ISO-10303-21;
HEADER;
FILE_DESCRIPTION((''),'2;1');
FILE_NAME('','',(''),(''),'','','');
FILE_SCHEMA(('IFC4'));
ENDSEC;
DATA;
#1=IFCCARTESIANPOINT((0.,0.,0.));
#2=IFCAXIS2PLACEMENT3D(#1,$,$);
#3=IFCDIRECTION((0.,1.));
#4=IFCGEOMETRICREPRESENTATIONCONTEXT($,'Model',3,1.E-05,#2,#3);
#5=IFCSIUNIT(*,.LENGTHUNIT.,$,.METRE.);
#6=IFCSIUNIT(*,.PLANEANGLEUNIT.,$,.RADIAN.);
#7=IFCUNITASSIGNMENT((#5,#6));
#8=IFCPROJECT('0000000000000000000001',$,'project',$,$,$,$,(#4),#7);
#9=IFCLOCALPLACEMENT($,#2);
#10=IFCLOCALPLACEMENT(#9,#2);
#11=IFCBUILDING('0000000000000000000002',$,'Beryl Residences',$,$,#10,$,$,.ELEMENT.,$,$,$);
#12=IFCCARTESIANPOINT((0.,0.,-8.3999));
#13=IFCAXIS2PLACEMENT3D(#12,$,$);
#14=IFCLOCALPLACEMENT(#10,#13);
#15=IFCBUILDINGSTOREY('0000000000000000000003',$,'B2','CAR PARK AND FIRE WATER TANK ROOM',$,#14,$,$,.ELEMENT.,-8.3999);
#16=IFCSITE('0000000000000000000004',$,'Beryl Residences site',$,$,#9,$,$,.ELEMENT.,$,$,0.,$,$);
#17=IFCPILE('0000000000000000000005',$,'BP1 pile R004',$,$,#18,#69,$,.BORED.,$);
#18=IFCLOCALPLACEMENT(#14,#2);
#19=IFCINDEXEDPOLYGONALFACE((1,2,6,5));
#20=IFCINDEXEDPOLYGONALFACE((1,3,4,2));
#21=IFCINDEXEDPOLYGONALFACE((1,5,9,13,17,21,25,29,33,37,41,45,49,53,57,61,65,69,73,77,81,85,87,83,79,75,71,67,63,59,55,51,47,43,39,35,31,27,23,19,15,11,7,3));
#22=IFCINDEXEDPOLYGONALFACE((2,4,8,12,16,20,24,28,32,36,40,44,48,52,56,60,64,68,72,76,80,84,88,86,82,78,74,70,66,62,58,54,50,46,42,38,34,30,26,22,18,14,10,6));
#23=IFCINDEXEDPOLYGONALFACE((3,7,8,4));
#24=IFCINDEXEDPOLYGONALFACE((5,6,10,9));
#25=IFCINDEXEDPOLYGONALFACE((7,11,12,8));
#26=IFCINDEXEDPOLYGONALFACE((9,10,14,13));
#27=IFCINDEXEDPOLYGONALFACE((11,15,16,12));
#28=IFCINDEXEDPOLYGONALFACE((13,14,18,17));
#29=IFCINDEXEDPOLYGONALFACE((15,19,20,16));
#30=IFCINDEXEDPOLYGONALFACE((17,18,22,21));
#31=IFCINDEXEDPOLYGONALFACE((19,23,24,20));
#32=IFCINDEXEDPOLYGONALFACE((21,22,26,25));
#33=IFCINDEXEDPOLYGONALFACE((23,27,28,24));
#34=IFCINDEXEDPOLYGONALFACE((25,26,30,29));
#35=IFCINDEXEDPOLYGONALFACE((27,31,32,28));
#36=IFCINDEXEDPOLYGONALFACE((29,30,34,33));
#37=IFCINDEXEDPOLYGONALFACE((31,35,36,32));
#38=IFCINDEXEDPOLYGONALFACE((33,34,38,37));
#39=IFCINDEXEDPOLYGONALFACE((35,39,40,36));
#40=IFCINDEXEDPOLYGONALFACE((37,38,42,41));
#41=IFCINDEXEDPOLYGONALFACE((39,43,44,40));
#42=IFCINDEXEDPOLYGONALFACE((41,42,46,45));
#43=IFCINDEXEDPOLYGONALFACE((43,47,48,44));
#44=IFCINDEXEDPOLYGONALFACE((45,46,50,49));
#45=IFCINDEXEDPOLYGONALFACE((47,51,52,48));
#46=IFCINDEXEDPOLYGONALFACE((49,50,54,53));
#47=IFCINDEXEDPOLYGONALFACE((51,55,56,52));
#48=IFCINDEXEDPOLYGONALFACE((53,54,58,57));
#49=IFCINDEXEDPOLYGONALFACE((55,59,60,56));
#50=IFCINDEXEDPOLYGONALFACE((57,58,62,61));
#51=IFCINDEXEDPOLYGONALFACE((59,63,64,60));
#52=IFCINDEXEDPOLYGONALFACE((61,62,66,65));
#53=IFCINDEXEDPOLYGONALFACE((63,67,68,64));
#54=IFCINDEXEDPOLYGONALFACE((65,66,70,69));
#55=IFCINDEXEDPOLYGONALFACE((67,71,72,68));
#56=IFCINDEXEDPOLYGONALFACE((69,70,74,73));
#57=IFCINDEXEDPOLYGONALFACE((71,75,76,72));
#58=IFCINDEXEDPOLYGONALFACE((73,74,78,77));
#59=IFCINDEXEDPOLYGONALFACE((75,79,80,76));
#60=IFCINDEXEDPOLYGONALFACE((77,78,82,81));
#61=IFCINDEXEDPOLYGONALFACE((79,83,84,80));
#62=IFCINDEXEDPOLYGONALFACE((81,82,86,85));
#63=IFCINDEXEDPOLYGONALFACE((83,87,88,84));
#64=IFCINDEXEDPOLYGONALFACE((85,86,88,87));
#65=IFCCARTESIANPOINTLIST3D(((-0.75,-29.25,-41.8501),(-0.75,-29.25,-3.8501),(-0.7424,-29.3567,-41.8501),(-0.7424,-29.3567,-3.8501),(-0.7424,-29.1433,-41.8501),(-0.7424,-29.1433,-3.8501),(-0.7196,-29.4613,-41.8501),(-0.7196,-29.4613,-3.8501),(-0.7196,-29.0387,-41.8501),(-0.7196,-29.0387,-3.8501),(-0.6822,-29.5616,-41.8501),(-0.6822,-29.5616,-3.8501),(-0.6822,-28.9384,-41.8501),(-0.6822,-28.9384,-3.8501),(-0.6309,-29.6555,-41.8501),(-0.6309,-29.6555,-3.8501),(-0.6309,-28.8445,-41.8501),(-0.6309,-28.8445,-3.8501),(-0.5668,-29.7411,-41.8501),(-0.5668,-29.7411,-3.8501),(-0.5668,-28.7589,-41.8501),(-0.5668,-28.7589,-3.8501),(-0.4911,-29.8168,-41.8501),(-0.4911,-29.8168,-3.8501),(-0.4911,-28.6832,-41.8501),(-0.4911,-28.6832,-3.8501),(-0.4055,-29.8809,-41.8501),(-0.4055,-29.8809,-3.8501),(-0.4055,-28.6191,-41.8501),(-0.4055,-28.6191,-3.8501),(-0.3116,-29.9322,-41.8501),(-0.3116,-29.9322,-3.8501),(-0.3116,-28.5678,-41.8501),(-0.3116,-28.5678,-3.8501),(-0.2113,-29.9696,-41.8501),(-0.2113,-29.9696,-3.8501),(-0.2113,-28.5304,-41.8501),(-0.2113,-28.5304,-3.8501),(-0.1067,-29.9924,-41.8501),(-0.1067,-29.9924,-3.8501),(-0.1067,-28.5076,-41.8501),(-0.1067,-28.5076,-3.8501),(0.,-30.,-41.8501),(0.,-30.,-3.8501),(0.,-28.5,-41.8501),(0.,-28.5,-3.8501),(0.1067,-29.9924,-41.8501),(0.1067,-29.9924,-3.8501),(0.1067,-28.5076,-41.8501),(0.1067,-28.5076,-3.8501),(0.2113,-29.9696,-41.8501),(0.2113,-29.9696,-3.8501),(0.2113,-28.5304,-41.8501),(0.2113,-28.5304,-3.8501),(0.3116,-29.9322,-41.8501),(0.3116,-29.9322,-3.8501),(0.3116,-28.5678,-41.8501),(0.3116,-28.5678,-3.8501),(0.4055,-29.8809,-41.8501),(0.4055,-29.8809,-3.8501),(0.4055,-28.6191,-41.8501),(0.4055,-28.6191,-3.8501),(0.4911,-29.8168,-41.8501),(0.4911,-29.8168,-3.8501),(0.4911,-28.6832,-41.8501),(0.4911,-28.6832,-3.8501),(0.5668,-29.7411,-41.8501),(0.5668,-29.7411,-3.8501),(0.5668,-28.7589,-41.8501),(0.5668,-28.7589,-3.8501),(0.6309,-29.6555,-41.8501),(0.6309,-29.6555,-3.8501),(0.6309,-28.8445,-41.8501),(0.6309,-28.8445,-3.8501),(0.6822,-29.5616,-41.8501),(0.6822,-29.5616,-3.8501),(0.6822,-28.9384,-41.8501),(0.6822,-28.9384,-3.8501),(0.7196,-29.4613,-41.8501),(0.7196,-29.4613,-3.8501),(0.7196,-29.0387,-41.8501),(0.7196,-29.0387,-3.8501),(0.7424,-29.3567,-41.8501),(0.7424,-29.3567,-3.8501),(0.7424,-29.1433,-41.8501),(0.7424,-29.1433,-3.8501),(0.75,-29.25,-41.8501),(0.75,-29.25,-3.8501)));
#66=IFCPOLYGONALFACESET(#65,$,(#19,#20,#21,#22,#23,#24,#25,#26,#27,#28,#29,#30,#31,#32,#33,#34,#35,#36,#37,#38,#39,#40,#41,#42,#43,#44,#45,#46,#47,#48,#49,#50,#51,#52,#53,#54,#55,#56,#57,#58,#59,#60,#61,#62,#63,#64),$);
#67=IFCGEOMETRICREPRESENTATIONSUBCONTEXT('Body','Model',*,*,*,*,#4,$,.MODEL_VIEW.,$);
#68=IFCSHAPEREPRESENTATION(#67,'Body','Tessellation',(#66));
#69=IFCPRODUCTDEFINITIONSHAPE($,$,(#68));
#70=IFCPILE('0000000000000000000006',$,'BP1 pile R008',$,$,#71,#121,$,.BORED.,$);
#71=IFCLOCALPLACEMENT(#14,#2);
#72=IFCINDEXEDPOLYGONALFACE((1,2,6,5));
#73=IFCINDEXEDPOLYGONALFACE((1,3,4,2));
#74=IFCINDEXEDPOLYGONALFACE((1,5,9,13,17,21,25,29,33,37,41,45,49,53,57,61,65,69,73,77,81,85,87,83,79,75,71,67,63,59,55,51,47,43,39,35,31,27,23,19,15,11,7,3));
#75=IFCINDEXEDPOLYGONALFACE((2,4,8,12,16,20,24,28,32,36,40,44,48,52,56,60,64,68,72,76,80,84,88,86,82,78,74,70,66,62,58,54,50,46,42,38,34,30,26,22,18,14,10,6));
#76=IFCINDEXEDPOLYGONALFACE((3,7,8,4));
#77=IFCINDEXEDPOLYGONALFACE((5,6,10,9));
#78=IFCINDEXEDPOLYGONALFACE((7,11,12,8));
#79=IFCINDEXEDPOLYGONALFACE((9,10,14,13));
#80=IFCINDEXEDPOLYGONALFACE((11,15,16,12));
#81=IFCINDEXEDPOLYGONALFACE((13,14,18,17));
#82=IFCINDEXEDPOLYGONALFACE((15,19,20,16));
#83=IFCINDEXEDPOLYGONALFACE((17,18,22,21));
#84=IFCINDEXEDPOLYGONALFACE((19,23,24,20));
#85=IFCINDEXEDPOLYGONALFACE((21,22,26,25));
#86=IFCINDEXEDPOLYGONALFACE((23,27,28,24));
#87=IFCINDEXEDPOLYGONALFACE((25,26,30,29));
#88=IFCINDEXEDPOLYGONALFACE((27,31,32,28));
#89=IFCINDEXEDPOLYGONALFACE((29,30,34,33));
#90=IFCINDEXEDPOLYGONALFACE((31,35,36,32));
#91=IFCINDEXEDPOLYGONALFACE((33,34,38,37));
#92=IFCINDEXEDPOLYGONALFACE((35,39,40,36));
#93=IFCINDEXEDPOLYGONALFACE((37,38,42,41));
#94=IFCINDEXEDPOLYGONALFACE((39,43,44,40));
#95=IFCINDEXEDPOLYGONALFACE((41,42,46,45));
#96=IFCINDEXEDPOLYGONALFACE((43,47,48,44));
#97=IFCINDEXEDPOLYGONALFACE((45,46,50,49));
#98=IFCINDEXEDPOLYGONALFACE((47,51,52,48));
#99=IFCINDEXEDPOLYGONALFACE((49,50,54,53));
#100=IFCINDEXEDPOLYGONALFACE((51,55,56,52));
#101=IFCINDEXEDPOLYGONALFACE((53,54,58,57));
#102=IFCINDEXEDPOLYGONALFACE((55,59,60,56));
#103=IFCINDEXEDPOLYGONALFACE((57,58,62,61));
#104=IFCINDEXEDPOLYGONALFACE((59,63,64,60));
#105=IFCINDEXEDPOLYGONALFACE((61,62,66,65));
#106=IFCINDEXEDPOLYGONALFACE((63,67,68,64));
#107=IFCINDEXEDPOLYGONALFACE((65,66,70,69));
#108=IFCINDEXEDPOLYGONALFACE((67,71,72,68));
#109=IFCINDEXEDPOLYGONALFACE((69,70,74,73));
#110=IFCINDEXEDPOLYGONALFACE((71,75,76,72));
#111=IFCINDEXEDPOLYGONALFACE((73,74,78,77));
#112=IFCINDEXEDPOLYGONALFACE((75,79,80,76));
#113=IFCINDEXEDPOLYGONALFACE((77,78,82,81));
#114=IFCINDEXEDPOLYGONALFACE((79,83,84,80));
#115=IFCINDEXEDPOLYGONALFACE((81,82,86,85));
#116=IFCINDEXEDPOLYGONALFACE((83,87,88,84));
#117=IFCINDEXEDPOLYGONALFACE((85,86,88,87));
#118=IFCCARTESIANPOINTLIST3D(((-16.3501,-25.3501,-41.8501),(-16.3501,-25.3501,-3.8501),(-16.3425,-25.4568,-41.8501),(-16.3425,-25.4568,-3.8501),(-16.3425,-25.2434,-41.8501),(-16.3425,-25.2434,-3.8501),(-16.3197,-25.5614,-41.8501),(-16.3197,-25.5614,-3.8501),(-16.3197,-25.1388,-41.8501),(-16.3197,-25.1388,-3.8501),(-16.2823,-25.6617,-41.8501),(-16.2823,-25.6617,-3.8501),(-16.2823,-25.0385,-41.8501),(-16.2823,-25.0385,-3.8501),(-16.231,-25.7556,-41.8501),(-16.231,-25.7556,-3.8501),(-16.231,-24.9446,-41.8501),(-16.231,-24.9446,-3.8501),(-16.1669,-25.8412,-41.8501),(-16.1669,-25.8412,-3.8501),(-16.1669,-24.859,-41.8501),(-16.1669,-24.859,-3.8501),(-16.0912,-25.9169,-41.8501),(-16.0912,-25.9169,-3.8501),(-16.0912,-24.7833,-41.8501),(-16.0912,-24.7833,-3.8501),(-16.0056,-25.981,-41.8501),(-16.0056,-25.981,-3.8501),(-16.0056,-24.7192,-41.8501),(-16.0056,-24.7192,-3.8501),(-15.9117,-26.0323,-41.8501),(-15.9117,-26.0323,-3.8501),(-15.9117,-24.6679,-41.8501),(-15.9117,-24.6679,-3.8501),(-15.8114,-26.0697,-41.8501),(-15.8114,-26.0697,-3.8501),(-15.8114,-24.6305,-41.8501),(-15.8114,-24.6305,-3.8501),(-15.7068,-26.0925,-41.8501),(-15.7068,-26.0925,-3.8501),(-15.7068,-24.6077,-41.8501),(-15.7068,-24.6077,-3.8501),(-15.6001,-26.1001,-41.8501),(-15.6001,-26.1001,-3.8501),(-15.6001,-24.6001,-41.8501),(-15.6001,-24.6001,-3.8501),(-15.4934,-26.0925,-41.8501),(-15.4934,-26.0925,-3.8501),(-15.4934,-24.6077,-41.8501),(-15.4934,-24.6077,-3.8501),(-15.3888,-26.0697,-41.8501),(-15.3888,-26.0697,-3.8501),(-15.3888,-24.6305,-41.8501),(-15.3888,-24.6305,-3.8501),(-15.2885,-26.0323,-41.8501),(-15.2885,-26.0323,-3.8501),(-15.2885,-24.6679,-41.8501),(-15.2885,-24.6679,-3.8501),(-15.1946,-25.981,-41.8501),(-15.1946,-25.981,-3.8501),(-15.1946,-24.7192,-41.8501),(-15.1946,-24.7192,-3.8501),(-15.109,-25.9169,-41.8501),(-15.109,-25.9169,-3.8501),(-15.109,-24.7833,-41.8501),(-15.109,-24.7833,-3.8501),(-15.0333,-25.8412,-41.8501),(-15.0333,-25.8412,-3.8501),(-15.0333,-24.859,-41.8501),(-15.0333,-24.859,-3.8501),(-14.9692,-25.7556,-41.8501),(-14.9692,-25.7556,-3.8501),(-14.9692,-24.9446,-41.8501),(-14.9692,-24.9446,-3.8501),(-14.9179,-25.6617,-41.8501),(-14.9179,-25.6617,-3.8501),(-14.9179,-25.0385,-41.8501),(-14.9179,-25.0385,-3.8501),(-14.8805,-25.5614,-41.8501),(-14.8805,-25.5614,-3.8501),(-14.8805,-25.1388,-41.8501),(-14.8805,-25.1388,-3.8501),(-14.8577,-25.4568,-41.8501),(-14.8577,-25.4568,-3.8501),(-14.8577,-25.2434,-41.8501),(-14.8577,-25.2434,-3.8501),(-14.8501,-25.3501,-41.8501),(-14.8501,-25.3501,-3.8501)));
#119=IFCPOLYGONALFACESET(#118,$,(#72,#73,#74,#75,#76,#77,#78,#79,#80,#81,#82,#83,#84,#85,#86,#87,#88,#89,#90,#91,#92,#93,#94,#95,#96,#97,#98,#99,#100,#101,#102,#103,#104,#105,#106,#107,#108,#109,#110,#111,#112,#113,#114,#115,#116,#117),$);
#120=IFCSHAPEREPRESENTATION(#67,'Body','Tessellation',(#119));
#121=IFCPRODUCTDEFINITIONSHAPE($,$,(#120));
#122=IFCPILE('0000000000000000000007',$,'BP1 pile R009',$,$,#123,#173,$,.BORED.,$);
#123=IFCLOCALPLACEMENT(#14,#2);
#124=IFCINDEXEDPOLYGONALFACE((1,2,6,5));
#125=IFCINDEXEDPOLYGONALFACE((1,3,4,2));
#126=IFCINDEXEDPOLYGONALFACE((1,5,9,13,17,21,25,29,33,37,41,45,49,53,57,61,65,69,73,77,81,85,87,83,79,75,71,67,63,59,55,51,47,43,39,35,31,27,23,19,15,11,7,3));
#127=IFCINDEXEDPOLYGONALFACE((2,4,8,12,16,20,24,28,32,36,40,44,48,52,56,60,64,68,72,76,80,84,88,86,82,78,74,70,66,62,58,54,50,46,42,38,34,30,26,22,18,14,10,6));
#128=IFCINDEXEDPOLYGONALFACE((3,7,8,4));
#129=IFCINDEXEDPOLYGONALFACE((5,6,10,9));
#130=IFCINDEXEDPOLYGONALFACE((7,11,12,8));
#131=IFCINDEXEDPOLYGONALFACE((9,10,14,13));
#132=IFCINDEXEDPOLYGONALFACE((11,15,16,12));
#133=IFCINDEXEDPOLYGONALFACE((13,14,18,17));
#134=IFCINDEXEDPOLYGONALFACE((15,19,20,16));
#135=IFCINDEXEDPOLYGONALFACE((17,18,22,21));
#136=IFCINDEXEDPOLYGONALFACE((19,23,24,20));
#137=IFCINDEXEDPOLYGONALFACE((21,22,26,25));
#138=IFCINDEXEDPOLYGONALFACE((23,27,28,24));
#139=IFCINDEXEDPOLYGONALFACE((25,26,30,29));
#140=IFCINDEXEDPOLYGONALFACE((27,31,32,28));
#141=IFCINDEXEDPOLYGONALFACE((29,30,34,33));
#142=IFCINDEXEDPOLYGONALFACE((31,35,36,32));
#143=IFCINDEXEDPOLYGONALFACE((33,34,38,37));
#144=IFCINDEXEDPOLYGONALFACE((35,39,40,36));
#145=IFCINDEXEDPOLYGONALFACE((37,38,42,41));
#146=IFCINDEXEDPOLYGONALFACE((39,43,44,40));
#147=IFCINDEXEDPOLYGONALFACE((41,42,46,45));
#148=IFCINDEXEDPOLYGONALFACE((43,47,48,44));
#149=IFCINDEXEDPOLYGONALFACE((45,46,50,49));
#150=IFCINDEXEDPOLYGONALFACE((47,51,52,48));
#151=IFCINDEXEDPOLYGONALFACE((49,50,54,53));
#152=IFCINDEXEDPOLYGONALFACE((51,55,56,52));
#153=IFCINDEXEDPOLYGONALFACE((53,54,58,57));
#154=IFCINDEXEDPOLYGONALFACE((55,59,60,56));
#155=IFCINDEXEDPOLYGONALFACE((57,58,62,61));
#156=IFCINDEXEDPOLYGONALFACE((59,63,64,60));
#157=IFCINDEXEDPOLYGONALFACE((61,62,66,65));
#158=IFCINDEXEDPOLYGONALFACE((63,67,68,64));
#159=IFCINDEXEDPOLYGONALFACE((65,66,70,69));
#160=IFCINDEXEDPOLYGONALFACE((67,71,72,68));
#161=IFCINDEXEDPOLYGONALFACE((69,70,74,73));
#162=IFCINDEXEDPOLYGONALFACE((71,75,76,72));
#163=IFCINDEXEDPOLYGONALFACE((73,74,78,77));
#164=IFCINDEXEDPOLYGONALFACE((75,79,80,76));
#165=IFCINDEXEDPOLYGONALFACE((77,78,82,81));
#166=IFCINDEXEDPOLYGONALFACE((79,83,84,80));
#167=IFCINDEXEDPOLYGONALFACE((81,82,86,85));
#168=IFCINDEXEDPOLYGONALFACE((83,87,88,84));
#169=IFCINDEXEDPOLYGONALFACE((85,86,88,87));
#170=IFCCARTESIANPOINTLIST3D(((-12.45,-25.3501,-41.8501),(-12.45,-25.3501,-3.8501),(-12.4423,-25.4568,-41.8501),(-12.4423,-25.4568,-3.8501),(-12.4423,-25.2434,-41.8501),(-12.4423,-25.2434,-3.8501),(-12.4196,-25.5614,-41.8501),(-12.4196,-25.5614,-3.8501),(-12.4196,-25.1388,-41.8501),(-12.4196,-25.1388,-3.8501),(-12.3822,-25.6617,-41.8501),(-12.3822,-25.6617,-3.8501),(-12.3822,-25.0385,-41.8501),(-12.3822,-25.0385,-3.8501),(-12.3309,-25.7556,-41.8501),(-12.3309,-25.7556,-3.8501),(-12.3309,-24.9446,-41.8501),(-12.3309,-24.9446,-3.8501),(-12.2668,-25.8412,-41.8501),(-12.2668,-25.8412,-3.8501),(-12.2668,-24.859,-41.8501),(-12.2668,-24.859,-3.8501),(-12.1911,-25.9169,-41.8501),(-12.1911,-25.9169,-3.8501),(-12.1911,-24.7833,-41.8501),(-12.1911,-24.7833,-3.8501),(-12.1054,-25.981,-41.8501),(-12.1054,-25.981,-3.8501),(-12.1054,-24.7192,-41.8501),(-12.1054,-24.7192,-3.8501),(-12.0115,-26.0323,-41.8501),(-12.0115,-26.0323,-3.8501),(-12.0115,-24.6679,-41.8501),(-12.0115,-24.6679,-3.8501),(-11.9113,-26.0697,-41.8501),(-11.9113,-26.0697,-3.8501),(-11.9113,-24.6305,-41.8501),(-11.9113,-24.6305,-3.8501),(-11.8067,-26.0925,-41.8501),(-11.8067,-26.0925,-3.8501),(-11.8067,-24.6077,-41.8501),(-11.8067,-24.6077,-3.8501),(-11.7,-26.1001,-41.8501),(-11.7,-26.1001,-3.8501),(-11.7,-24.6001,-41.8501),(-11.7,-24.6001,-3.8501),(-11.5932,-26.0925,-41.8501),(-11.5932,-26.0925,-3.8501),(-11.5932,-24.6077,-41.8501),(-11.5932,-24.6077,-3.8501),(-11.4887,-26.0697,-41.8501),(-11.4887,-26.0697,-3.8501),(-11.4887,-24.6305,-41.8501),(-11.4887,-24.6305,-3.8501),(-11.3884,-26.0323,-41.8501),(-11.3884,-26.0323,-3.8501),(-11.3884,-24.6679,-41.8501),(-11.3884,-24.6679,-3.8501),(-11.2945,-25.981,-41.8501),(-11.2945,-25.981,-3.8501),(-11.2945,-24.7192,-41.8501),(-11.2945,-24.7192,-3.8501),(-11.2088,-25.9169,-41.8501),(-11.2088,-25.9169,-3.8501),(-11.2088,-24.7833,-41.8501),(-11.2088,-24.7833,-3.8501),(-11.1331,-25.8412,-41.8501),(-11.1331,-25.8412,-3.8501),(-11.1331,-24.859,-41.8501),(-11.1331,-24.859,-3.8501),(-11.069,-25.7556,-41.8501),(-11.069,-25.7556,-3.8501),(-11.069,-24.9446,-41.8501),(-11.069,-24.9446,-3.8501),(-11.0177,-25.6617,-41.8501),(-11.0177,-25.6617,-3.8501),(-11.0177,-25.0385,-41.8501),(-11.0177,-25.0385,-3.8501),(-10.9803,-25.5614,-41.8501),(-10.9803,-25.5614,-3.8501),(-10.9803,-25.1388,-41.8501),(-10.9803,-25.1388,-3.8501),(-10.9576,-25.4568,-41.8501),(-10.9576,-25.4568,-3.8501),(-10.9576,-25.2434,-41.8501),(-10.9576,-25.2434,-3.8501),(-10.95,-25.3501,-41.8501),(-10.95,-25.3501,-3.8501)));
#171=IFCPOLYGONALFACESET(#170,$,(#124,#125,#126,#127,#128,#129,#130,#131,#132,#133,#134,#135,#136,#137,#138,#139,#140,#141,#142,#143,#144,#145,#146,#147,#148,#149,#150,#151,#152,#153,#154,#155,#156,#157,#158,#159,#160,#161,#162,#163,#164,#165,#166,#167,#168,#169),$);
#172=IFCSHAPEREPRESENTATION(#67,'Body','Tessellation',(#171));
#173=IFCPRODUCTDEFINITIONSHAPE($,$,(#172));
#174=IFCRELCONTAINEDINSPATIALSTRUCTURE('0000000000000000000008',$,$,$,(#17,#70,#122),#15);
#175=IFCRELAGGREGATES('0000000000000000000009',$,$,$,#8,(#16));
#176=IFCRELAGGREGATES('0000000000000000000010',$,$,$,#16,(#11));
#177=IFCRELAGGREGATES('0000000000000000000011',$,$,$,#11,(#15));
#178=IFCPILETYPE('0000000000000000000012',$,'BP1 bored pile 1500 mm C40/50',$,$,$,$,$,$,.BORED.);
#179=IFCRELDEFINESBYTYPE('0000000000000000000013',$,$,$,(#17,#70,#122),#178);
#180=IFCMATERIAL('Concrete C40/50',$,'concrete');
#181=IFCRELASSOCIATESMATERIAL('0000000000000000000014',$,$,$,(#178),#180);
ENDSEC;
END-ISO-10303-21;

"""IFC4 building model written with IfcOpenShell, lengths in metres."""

from ifc_helpers import new_model, si_unit, direction, frame, origin, origin_2d, place, context, subcontext, project, spatial, circle, extrude, material, material_profile, profile_set, type_object, element, save


model = new_model("IFC4")

# Units and contexts
model_context = context("Model", 3, precision=1e-05, world=origin(), true_north=direction((0.0, 1.0)))
body_context = subcontext(model_context, "Body", "Model", "MODEL_VIEW")
ifc_project = project(units=[si_unit("LENGTHUNIT", "METRE"), si_unit("PLANEANGLEUNIT", "RADIAN")], contexts=[model_context])

# Site, building, storey
site_placement = place(None, origin())
site = spatial("IfcSite", under=ifc_project, at=site_placement, Name="Beryl Residences site", CompositionType="ELEMENT", RefElevation=0.0)
building_placement = place(site_placement, origin())
building = spatial("IfcBuilding", under=site, at=building_placement, Name="Beryl Residences", CompositionType="ELEMENT")
storey_placement = place(building_placement, frame((0.0, 0.0, -8.3999)))
storey = spatial("IfcBuildingStorey", under=building, at=storey_placement, Name="B2", Description="CAR PARK AND FIRE WATER TANK ROOM", CompositionType="ELEMENT", Elevation=-8.3999)

# Piles
ifc_material_1 = material(Name="Concrete C40/50", Category="concrete")
ifc_material_profile_1 = material_profile(ifc_material_1, circle(Radius=0.75, at=origin_2d()))
ifc_profile_set_1 = profile_set([ifc_material_profile_1], Name="Concrete C40/50")
pile_type_1 = type_object("IfcPileType", Name="BP1 bored pile 1500 mm C40/50", PredefinedType="BORED", material=ifc_profile_set_1)
for number, where, z_axis, x_axis, name in (
    (1, (0.0, -29.25, -3.8501), (0.0, 0.0, -1.0), (1.0, 0.0, 0.0), "BP1 pile R004"),
    (2, (-15.6001, -25.3501, -3.8501), (0.0, 0.0, -1.0), (1.0, 0.0, 0.0), "BP1 pile R008"),
    (3, (-11.7, -25.3501, -3.8501), (0.0, 0.0, -1.0), (1.0, 0.0, 0.0), "BP1 pile R009"),
):
    element("IfcPile", number, at=place(storey_placement, frame(where, z_axis=z_axis, x_axis=x_axis)), inside=storey, type_object=pile_type_1, Name=name, PredefinedType="BORED", context=body_context, shape_type="SweptSolid", body=[
        extrude(circle(Radius=0.75, at=origin_2d()), origin(), (0.0, 0.0, 1.0), 38.0),
    ])

save(model, "model.ifc")
